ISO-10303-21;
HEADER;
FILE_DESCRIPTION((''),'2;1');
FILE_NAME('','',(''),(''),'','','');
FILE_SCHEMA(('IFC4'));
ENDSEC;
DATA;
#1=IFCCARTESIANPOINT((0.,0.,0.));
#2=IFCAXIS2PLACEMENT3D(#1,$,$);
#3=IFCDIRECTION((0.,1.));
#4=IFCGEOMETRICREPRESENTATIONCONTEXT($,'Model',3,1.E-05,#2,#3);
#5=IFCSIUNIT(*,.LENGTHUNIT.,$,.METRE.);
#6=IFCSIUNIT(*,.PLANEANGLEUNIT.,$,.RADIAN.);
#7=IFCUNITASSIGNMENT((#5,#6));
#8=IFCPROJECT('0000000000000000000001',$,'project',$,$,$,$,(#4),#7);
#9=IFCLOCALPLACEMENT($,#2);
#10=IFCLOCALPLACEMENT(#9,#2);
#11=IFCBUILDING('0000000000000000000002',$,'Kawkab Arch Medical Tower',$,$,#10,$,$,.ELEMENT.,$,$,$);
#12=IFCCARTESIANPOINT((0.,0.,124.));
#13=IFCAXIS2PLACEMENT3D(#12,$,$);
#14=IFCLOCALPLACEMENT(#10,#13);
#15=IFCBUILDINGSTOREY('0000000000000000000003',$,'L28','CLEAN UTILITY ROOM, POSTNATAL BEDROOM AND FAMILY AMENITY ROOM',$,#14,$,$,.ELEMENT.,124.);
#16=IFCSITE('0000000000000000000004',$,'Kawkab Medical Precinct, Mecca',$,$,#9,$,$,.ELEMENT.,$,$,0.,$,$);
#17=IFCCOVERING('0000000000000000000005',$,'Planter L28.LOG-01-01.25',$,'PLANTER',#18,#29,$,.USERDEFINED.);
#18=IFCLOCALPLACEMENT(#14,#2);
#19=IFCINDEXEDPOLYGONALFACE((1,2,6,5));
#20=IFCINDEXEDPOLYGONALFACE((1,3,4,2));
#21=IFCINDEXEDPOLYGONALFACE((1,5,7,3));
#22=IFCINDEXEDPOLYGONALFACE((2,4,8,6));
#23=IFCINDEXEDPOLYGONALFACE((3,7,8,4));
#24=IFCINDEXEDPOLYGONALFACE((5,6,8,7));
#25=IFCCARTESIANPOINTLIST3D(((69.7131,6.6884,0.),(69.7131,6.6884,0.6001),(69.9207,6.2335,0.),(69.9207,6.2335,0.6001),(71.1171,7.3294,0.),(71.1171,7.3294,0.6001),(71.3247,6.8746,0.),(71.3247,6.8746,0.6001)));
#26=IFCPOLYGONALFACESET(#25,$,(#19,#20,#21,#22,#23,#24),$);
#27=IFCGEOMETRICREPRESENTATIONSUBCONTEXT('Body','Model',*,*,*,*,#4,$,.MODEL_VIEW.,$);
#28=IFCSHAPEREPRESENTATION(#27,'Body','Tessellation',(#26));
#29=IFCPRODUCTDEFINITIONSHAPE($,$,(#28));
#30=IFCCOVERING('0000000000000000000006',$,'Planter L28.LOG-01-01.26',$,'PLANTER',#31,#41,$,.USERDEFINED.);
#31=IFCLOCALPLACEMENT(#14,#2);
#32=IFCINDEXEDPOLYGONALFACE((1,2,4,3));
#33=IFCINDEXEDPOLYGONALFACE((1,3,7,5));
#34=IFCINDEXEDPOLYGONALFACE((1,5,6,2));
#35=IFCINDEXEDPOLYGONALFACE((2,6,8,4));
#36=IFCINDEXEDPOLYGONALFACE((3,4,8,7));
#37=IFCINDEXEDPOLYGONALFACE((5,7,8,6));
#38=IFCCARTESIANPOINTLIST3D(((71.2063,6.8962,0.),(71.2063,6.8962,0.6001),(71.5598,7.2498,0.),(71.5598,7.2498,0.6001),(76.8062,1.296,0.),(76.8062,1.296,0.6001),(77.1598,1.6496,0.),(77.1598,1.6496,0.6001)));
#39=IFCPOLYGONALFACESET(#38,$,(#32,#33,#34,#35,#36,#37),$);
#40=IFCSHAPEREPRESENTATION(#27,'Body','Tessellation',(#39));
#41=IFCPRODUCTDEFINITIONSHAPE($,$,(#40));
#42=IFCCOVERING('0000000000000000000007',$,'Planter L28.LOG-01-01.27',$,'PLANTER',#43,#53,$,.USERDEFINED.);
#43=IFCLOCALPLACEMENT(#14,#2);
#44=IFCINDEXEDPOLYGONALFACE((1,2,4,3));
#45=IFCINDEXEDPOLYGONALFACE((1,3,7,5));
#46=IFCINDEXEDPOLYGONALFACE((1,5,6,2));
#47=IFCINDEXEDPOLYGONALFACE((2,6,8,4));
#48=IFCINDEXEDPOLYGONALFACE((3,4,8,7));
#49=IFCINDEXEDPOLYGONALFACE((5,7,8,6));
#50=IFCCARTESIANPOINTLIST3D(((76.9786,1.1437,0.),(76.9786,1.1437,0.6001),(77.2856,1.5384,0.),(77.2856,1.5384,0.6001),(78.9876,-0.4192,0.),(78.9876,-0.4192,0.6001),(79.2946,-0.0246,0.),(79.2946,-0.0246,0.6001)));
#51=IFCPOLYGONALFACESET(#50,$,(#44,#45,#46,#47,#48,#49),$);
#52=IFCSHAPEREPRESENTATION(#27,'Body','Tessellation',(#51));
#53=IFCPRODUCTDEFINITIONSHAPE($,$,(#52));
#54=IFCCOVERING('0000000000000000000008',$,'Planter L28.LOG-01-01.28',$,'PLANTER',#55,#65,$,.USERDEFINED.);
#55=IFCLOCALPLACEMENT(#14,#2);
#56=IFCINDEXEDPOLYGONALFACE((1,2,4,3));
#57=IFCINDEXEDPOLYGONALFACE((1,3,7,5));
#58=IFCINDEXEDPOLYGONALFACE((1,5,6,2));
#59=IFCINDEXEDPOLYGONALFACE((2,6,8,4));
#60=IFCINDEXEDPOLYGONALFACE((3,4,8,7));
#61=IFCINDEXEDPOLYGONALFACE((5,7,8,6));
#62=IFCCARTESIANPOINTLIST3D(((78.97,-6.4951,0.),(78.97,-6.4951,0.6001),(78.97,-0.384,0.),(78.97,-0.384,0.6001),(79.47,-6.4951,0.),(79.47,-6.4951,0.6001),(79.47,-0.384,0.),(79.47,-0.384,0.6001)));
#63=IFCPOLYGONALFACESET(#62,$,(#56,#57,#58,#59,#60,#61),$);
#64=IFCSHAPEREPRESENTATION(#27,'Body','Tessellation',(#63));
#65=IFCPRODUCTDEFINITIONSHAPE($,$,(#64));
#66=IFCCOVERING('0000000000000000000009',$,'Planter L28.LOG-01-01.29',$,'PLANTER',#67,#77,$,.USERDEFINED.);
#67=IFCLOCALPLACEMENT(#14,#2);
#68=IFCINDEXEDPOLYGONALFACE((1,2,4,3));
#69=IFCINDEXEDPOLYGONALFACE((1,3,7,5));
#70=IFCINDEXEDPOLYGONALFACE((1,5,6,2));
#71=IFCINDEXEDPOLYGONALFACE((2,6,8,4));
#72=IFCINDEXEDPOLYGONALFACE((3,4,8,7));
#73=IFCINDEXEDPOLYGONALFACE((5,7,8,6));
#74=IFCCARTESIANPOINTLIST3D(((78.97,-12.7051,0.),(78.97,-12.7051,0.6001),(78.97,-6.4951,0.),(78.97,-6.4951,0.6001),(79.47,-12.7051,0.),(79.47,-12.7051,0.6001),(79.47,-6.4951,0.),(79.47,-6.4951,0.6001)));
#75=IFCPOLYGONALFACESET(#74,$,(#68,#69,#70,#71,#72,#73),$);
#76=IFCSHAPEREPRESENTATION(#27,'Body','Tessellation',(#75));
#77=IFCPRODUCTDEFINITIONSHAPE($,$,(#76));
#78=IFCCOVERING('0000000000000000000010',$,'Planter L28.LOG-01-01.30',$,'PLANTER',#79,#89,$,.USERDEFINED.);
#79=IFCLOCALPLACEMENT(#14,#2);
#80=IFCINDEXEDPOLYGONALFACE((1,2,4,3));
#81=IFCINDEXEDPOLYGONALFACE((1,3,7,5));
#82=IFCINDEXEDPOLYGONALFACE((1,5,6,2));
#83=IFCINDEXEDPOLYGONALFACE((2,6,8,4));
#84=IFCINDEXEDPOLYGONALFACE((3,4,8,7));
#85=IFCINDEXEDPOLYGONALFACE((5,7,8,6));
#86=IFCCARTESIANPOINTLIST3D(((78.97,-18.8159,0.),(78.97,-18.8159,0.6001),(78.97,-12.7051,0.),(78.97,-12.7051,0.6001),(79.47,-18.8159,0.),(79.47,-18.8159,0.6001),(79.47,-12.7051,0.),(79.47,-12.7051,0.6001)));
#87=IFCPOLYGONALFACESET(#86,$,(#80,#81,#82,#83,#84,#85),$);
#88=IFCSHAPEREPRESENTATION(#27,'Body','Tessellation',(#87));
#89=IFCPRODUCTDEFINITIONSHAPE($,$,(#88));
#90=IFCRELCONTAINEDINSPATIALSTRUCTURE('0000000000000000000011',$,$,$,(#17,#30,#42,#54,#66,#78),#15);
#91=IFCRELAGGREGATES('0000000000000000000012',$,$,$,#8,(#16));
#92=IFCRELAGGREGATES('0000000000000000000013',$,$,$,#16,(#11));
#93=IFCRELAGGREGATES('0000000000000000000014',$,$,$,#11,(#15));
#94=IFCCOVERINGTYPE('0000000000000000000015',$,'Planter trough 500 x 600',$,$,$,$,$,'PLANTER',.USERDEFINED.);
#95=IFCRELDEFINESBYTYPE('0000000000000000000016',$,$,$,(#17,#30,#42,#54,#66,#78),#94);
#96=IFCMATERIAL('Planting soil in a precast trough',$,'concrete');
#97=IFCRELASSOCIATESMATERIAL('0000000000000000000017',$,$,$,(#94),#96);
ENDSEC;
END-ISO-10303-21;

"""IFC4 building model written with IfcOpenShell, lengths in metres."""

from ifc_helpers import new_model, si_unit, direction, frame, origin, origin_2d, place, context, subcontext, project, spatial, rectangle, extrude, material, material_profile, profile_set, type_object, element, save


model = new_model("IFC4")

# Units and contexts
model_context = context("Model", 3, precision=1e-05, world=origin(), true_north=direction((0.0, 1.0)))
body_context = subcontext(model_context, "Body", "Model", "MODEL_VIEW")
ifc_project = project(units=[si_unit("LENGTHUNIT", "METRE"), si_unit("PLANEANGLEUNIT", "RADIAN")], contexts=[model_context])

# Site, building, storey
site_placement = place(None, origin())
site = spatial("IfcSite", under=ifc_project, at=site_placement, Name="Kawkab Medical Precinct, Mecca", CompositionType="ELEMENT", RefElevation=0.0)
building_placement = place(site_placement, origin())
building = spatial("IfcBuilding", under=site, at=building_placement, Name="Kawkab Arch Medical Tower", CompositionType="ELEMENT")
storey_placement = place(building_placement, frame((0.0, 0.0, 124.0)))
storey = spatial("IfcBuildingStorey", under=building, at=storey_placement, Name="L28", Description="CLEAN UTILITY ROOM, POSTNATAL BEDROOM AND FAMILY AMENITY ROOM", CompositionType="ELEMENT", Elevation=124.0)

# Coverings
ifc_material_1 = material(Name="Planting soil in a precast trough", Category="concrete")
ifc_material_profile_1 = material_profile(ifc_material_1, rectangle(XDim=0.5, YDim=0.6001, at=origin_2d()), Name="Trough 500x600")
ifc_profile_set_1 = profile_set([ifc_material_profile_1], Name="Planting soil in a precast trough")
covering_type_1 = type_object("IfcCoveringType", Name="Planter trough 500 x 600", ElementType="PLANTER", PredefinedType="USERDEFINED", material=ifc_profile_set_1)
covering_1_placement = place(storey_placement, frame((69.8169, 6.4609, 0.3), z_axis=(0.909656, 0.415363, 0.0), x_axis=(-0.415363, 0.909656, 0.0)))
element("IfcCovering", 1, at=covering_1_placement, inside=storey, type_object=covering_type_1, Name="Planter L28.LOG-01-01.25", ObjectType="PLANTER", PredefinedType="USERDEFINED", context=body_context, shape_type="SweptSolid", body=[
    extrude(rectangle(XDim=0.5, YDim=0.6001, at=origin_2d()), origin(), (0.0, 0.0, 1.0), 1.5435),
])
covering_2_placement = place(storey_placement, frame((71.3831, 7.073, 0.3), z_axis=(0.707091, -0.707122, 0.0), x_axis=(0.707122, 0.707091, 0.0)))
element("IfcCovering", 2, at=covering_2_placement, inside=storey, type_object=covering_type_1, Name="Planter L28.LOG-01-01.26", ObjectType="PLANTER", PredefinedType="USERDEFINED", context=body_context, shape_type="SweptSolid", body=[
    extrude(rectangle(XDim=0.5, YDim=0.6001, at=origin_2d()), origin(), (0.0, 0.0, 1.0), 7.9197),
])
covering_3_placement = place(storey_placement, frame((77.1321, 1.3411, 0.3), z_axis=(0.789275, -0.61404, 0.0), x_axis=(0.61404, 0.789275, 0.0)))
element("IfcCovering", 3, at=covering_3_placement, inside=storey, type_object=covering_type_1, Name="Planter L28.LOG-01-01.27", ObjectType="PLANTER", PredefinedType="USERDEFINED", context=body_context, shape_type="SweptSolid", body=[
    extrude(rectangle(XDim=0.5, YDim=0.6001, at=origin_2d()), origin(), (0.0, 0.0, 1.0), 2.5454),
])
covering_4_placement = place(storey_placement, frame((79.22, -0.384, 0.3), z_axis=(0.0, -1.0, 0.0), x_axis=(1.0, 0.0, 0.0)))
element("IfcCovering", 4, at=covering_4_placement, inside=storey, type_object=covering_type_1, Name="Planter L28.LOG-01-01.28", ObjectType="PLANTER", PredefinedType="USERDEFINED", context=body_context, shape_type="SweptSolid", body=[
    extrude(rectangle(XDim=0.5, YDim=0.6001, at=origin_2d()), origin(), (0.0, 0.0, 1.0), 6.1111),
])
covering_5_placement = place(storey_placement, frame((79.22, -6.4951, 0.3), z_axis=(0.0, -1.0, 0.0), x_axis=(1.0, 0.0, 0.0)))
element("IfcCovering", 5, at=covering_5_placement, inside=storey, type_object=covering_type_1, Name="Planter L28.LOG-01-01.29", ObjectType="PLANTER", PredefinedType="USERDEFINED", context=body_context, shape_type="SweptSolid", body=[
    extrude(rectangle(XDim=0.5, YDim=0.6001, at=origin_2d()), origin(), (0.0, 0.0, 1.0), 6.21),
])
covering_6_placement = place(storey_placement, frame((79.22, -12.7051, 0.3), z_axis=(0.0, -1.0, 0.0), x_axis=(1.0, 0.0, 0.0)))
element("IfcCovering", 6, at=covering_6_placement, inside=storey, type_object=covering_type_1, Name="Planter L28.LOG-01-01.30", ObjectType="PLANTER", PredefinedType="USERDEFINED", context=body_context, shape_type="SweptSolid", body=[
    extrude(rectangle(XDim=0.5, YDim=0.6001, at=origin_2d()), origin(), (0.0, 0.0, 1.0), 6.1108),
])

save(model, "model.ifc")
